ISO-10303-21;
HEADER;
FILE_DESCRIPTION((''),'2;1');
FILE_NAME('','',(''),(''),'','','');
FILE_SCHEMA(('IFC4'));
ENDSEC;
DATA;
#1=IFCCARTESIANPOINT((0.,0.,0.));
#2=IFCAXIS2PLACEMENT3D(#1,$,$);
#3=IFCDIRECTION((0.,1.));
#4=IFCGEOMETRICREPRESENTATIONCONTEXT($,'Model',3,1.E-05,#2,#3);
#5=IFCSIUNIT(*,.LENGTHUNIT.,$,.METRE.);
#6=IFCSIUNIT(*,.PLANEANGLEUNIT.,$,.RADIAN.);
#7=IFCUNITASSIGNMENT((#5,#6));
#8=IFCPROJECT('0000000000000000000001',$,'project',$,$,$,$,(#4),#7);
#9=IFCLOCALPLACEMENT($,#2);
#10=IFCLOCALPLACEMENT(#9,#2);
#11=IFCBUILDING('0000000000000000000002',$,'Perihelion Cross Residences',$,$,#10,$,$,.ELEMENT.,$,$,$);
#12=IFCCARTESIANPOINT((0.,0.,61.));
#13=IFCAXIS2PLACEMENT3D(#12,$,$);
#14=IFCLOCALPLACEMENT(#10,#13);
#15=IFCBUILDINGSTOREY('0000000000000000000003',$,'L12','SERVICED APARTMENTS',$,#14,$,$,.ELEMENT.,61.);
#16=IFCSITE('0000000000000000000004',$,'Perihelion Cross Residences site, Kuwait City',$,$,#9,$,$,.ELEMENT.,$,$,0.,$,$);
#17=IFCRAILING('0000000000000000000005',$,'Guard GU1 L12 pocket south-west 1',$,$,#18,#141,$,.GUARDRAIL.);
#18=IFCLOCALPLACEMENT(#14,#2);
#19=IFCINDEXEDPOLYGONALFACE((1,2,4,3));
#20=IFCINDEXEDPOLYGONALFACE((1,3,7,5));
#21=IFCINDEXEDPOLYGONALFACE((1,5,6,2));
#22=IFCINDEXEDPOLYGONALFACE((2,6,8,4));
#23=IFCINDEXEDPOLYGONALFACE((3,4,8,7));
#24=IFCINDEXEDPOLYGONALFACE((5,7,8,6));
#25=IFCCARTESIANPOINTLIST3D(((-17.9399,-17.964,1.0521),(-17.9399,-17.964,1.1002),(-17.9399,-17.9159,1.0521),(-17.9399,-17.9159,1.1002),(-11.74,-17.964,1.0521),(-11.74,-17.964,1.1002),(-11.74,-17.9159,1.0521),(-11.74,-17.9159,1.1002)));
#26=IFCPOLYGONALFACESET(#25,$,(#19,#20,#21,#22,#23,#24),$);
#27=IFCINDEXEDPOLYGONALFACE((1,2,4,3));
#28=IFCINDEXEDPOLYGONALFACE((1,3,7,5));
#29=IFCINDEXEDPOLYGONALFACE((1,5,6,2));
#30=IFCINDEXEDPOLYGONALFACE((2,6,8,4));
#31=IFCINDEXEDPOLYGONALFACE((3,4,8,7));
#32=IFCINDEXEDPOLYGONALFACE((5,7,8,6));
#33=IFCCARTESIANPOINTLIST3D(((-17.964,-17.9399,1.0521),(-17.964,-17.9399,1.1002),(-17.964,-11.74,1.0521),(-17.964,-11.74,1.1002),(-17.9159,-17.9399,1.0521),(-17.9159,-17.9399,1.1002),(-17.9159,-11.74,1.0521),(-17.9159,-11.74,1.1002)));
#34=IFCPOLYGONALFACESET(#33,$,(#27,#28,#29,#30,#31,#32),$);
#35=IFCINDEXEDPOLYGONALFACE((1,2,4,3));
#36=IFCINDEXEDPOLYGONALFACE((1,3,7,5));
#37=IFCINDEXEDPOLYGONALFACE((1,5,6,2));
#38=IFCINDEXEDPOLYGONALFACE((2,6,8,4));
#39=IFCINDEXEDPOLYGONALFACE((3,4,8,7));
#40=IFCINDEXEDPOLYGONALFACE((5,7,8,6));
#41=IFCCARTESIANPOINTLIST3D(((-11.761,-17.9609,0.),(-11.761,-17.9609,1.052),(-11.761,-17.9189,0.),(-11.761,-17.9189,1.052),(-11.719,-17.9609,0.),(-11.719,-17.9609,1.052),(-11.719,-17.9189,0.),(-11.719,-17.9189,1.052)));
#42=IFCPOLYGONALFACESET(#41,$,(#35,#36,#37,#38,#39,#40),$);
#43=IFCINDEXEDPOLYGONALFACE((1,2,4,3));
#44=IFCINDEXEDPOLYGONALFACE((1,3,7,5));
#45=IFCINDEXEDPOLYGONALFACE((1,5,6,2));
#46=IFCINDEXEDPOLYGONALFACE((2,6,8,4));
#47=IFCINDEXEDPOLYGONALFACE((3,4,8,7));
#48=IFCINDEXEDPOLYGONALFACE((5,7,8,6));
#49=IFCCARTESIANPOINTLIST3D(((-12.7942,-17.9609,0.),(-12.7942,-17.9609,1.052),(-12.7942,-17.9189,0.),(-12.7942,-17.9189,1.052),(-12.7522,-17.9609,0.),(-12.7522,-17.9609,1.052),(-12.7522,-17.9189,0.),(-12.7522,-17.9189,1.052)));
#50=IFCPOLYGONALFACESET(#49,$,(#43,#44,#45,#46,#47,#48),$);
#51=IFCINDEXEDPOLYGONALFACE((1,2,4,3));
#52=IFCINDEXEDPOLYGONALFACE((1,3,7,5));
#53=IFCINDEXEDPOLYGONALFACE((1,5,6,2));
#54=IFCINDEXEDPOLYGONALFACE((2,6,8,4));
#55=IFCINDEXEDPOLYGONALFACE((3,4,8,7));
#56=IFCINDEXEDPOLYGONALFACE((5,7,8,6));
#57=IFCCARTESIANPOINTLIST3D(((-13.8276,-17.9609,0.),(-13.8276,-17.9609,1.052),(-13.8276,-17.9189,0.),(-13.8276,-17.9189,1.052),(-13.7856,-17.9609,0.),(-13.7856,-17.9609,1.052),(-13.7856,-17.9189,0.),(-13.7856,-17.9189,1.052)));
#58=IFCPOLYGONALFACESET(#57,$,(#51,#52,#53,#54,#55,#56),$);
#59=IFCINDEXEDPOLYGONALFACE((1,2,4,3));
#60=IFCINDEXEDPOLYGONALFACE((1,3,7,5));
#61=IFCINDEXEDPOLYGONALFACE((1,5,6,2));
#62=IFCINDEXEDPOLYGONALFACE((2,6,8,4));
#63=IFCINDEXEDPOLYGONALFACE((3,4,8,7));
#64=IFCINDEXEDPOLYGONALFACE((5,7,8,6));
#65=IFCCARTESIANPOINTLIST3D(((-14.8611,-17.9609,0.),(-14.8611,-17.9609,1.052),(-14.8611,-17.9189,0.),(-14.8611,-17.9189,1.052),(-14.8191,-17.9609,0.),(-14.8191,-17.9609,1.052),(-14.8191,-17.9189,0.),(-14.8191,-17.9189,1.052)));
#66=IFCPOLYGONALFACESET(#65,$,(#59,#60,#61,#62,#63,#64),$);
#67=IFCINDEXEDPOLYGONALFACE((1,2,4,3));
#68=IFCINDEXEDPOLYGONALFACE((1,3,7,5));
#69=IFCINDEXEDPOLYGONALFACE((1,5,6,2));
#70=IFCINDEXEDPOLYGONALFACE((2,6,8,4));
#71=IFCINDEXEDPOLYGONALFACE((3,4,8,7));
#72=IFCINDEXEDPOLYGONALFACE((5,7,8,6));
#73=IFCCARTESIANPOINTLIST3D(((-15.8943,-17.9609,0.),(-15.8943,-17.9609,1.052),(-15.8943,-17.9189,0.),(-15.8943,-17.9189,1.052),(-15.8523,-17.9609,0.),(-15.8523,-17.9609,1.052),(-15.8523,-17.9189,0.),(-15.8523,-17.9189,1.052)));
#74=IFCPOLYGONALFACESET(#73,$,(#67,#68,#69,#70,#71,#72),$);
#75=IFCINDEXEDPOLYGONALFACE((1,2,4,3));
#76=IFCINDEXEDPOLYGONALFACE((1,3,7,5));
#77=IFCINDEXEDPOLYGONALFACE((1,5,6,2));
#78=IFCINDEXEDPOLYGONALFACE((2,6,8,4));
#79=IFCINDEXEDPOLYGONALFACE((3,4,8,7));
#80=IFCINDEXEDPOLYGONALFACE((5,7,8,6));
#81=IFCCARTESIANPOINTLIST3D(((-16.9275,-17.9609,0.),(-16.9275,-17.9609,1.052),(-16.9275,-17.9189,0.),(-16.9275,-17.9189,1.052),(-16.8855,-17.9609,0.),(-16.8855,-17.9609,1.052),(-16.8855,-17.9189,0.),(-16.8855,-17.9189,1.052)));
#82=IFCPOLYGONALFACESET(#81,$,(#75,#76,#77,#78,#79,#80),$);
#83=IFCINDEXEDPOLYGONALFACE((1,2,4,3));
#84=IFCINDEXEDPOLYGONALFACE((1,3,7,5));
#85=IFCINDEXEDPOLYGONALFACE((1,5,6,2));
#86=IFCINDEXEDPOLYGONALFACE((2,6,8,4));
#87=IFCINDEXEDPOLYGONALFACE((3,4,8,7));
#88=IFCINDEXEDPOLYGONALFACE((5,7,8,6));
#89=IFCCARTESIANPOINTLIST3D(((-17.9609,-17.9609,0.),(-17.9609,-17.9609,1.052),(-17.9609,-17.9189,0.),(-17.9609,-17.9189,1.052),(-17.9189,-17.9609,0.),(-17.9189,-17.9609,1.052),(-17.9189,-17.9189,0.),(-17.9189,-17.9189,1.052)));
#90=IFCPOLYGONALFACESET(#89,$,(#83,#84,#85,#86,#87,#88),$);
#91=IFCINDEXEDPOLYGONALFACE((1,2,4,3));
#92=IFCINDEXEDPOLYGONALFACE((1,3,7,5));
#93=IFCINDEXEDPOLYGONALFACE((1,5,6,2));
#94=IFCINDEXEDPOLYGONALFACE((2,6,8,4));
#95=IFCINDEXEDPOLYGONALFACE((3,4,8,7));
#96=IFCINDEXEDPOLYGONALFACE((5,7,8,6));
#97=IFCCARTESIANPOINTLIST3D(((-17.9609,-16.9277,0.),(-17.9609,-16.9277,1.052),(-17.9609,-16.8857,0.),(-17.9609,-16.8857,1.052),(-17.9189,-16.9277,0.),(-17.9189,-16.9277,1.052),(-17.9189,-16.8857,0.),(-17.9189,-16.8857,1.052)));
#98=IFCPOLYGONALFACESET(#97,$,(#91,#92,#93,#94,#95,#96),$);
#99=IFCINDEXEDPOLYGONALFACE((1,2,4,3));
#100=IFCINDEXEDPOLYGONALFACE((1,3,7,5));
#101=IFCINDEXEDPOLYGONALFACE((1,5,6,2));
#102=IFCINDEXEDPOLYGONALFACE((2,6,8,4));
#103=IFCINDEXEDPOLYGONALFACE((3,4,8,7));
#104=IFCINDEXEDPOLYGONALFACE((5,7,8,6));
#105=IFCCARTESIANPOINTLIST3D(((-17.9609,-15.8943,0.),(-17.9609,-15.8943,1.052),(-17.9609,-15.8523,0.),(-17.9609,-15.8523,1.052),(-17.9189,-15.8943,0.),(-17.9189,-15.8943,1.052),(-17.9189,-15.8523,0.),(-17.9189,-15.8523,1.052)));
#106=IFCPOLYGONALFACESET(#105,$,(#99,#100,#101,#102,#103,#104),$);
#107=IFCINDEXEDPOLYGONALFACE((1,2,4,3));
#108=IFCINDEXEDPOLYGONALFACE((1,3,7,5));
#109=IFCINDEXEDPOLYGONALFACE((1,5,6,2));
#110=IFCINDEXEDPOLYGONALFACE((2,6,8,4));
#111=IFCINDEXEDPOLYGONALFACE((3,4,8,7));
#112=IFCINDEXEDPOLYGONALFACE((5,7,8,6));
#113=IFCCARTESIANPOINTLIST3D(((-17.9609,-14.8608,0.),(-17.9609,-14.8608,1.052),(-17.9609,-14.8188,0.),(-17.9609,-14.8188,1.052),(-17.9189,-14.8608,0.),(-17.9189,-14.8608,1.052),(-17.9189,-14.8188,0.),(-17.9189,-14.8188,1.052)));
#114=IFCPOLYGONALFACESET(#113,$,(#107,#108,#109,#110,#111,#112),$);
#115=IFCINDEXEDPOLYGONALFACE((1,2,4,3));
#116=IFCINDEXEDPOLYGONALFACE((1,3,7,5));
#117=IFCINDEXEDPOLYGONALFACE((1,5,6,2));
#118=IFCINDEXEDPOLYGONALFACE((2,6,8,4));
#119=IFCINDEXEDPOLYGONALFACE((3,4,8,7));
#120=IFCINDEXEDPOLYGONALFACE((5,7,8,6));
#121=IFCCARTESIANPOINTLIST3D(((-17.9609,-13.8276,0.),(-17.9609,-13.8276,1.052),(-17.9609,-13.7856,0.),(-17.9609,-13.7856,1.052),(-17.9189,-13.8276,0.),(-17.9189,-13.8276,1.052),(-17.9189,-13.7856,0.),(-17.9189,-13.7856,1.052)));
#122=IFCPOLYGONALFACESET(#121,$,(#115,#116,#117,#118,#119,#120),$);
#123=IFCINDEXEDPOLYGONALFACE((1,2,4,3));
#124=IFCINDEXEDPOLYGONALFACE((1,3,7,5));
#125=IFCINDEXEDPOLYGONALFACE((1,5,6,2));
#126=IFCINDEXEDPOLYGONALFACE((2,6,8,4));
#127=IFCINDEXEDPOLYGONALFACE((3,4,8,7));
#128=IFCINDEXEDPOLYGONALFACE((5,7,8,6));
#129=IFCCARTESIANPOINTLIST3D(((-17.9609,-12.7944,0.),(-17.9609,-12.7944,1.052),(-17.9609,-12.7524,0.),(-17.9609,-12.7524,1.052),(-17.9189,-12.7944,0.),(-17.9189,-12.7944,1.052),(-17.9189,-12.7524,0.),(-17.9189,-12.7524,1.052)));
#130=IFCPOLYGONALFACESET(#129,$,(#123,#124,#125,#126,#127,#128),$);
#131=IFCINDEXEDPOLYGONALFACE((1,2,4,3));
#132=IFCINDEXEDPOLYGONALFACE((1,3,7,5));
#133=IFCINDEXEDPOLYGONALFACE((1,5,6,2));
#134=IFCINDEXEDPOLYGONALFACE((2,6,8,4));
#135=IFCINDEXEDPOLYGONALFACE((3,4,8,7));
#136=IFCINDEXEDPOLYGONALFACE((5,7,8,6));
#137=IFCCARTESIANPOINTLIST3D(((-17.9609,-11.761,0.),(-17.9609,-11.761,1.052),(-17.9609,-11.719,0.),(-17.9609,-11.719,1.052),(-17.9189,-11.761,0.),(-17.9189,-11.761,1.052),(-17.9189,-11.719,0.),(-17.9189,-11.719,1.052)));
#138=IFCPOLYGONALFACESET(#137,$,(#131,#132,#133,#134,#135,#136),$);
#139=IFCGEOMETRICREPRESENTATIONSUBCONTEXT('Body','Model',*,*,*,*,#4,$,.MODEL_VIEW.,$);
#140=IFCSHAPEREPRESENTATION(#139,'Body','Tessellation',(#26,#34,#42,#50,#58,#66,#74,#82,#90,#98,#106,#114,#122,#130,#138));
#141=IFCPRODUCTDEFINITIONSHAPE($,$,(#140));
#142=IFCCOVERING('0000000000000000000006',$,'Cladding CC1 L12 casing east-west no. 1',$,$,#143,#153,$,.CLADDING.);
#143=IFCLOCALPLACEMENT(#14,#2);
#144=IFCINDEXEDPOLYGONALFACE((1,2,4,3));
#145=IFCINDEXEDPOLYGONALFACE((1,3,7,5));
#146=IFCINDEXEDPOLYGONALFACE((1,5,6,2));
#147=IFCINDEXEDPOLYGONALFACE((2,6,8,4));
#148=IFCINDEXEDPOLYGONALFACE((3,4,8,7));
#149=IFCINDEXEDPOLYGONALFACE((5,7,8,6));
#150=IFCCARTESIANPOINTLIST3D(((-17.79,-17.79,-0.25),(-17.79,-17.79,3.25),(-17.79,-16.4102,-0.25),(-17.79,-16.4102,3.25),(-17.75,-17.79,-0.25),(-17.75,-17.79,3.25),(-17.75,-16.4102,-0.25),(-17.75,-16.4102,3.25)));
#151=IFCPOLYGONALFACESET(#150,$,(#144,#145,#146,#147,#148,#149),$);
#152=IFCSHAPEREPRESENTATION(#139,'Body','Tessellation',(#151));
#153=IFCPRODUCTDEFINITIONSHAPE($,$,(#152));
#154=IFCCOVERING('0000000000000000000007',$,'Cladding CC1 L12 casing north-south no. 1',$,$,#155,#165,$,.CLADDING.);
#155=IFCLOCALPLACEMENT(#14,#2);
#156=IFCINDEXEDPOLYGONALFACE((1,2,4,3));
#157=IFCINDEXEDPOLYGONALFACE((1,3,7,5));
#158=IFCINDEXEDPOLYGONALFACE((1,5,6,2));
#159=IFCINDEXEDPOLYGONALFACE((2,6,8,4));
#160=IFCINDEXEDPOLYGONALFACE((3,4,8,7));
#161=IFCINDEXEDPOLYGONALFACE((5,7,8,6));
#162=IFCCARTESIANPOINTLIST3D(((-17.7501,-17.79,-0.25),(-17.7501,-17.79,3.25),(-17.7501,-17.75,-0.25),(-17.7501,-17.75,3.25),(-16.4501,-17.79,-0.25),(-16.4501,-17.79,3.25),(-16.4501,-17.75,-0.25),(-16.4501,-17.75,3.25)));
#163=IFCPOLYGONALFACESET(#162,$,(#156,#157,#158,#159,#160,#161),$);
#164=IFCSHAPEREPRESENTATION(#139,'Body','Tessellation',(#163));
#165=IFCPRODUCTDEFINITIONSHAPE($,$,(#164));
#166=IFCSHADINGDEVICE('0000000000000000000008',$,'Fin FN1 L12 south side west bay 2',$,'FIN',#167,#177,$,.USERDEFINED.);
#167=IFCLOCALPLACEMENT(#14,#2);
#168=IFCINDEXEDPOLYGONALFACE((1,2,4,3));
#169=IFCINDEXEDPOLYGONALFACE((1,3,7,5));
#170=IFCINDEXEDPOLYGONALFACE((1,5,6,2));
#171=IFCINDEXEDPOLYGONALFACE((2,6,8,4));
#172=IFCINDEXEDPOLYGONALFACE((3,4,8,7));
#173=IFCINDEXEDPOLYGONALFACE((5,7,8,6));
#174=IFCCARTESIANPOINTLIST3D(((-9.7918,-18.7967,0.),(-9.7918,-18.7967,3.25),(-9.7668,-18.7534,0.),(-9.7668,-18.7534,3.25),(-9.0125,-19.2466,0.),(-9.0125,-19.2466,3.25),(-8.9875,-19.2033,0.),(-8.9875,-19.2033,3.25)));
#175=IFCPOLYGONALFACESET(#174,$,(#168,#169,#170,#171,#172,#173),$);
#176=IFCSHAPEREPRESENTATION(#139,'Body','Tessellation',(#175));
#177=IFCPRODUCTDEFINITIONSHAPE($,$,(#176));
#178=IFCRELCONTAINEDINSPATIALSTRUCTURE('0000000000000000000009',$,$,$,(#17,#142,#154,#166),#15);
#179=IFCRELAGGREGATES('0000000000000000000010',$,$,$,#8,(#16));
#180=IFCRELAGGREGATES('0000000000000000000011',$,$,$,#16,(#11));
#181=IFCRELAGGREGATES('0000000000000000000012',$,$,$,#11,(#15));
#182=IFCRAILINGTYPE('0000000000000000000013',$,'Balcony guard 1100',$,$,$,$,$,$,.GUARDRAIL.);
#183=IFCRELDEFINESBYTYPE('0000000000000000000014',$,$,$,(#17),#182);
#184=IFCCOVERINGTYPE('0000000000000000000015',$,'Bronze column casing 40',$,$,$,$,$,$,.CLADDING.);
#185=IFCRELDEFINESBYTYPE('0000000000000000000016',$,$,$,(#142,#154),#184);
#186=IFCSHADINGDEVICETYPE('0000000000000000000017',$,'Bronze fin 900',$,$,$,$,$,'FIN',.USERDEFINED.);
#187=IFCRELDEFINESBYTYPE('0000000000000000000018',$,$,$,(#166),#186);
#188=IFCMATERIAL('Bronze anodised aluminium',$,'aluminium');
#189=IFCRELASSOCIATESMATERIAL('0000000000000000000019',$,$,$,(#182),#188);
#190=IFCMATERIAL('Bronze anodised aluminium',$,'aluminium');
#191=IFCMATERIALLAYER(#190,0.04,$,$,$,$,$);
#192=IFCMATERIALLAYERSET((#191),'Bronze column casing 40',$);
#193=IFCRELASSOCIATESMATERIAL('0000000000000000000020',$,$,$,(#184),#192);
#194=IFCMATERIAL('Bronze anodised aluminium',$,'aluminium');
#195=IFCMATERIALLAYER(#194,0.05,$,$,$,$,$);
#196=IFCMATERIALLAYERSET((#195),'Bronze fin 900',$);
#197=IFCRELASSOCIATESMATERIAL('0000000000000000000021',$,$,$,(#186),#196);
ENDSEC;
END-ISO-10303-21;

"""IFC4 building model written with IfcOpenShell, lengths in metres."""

from ifc_helpers import new_model, si_unit, direction, frame, origin, origin_2d, place, context, subcontext, project, spatial, rectangle, extrude, material, layer, layer_set, type_object, element, save


model = new_model("IFC4")

# Units and contexts
model_context = context("Model", 3, precision=1e-05, world=origin(), true_north=direction((0.0, 1.0)))
body_context = subcontext(model_context, "Body", "Model", "MODEL_VIEW")
ifc_project = project(units=[si_unit("LENGTHUNIT", "METRE"), si_unit("PLANEANGLEUNIT", "RADIAN")], contexts=[model_context])

# Site, building, storey
site_placement = place(None, origin())
site = spatial("IfcSite", under=ifc_project, at=site_placement, Name="Perihelion Cross Residences site, Kuwait City", CompositionType="ELEMENT", RefElevation=0.0)
building_placement = place(site_placement, origin())
building = spatial("IfcBuilding", under=site, at=building_placement, Name="Perihelion Cross Residences", CompositionType="ELEMENT")
storey_placement = place(building_placement, frame((0.0, 0.0, 61.0)))
storey = spatial("IfcBuildingStorey", under=building, at=storey_placement, Name="L12", Description="SERVICED APARTMENTS", CompositionType="ELEMENT", Elevation=61.0)

# Railing
ifc_material_1 = material(Name="Bronze anodised aluminium", Category="aluminium")
railing_type = type_object("IfcRailingType", Name="Balcony guard 1100", PredefinedType="GUARDRAIL", material=ifc_material_1)
railing_1_placement = place(storey_placement, frame((-11.74, -17.9399, 0.0)))
element("IfcRailing", 1, at=railing_1_placement, inside=storey, type_object=railing_type, Name="Guard GU1 L12 pocket south-west 1", PredefinedType="GUARDRAIL", context=body_context, shape_type="SweptSolid", body=[
    extrude(rectangle(XDim=0.0481, YDim=0.0481, at=origin_2d()), frame((0.0, 0.0, 1.0762), z_axis=(-1.0, 0.0, 0.0), x_axis=(0.0, -1.0, 0.0)), (0.0, 0.0, 1.0), 6.2),
    extrude(rectangle(XDim=0.0481, YDim=0.0481, at=origin_2d()), frame((-6.2, 0.0, 1.0762), z_axis=(0.0, 1.0, 0.0), x_axis=(-1.0, 0.0, 0.0)), (0.0, 0.0, 1.0), 6.2),
    extrude(rectangle(XDim=0.042, YDim=0.042, at=origin_2d()), origin(), (0.0, 0.0, 1.0), 1.052),
    extrude(rectangle(XDim=0.042, YDim=0.042, at=origin_2d()), frame((-1.0332, 0.0, 0.0)), (0.0, 0.0, 1.0), 1.052),
    extrude(rectangle(XDim=0.042, YDim=0.042, at=origin_2d()), frame((-2.0667, 0.0, 0.0)), (0.0, 0.0, 1.0), 1.052),
    extrude(rectangle(XDim=0.042, YDim=0.042, at=origin_2d()), frame((-3.1001, 0.0, 0.0)), (0.0, 0.0, 1.0), 1.052),
    extrude(rectangle(XDim=0.042, YDim=0.042, at=origin_2d()), frame((-4.1333, 0.0, 0.0)), (0.0, 0.0, 1.0), 1.052),
    extrude(rectangle(XDim=0.042, YDim=0.042, at=origin_2d()), frame((-5.1665, 0.0, 0.0)), (0.0, 0.0, 1.0), 1.052),
    extrude(rectangle(XDim=0.042, YDim=0.042, at=origin_2d()), frame((-6.2, 0.0, 0.0)), (0.0, 0.0, 1.0), 1.052),
    extrude(rectangle(XDim=0.042, YDim=0.042, at=origin_2d()), frame((-6.2, 1.0332, 0.0)), (0.0, 0.0, 1.0), 1.052),
    extrude(rectangle(XDim=0.042, YDim=0.042, at=origin_2d()), frame((-6.2, 2.0667, 0.0)), (0.0, 0.0, 1.0), 1.052),
    extrude(rectangle(XDim=0.042, YDim=0.042, at=origin_2d()), frame((-6.2, 3.1001, 0.0)), (0.0, 0.0, 1.0), 1.052),
    extrude(rectangle(XDim=0.042, YDim=0.042, at=origin_2d()), frame((-6.2, 4.1333, 0.0)), (0.0, 0.0, 1.0), 1.052),
    extrude(rectangle(XDim=0.042, YDim=0.042, at=origin_2d()), frame((-6.2, 5.1665, 0.0)), (0.0, 0.0, 1.0), 1.052),
    extrude(rectangle(XDim=0.042, YDim=0.042, at=origin_2d()), frame((-6.2, 6.2, 0.0)), (0.0, 0.0, 1.0), 1.052),
])

# Coverings
ifc_material_2 = material(Name="Bronze anodised aluminium", Category="aluminium")
ifc_layer_1 = layer(ifc_material_2, 0.04)
ifc_layer_set_1 = layer_set([ifc_layer_1], Name="Bronze column casing 40")
covering_type = type_object("IfcCoveringType", Name="Bronze column casing 40", PredefinedType="CLADDING", material=ifc_layer_set_1)
covering_1_placement = place(storey_placement, frame((-17.77, -17.1001, -0.25), z_axis=(0.0, 0.0, 1.0), x_axis=(1.0, 0.0, 0.0)))
element("IfcCovering", 2, at=covering_1_placement, inside=storey, type_object=covering_type, Name="Cladding CC1 L12 casing east-west no. 1", PredefinedType="CLADDING", context=body_context, shape_type="SweptSolid", body=[
    extrude(rectangle(XDim=0.04, YDim=1.3799, at=origin_2d()), origin(), (0.0, 0.0, 1.0), 3.5),
])
covering_2_placement = place(storey_placement, frame((-17.1001, -17.77, -0.25), z_axis=(0.0, 0.0, 1.0), x_axis=(1.0, 0.0, 0.0)))
element("IfcCovering", 3, at=covering_2_placement, inside=storey, type_object=covering_type, Name="Cladding CC1 L12 casing north-south no. 1", PredefinedType="CLADDING", context=body_context, shape_type="SweptSolid", body=[
    extrude(rectangle(XDim=1.3, YDim=0.04, at=origin_2d()), origin(), (0.0, 0.0, 1.0), 3.5),
])

# Shading device
ifc_material_3 = material(Name="Bronze anodised aluminium", Category="aluminium")
ifc_layer_2 = layer(ifc_material_3, 0.05)
ifc_layer_set_2 = layer_set([ifc_layer_2], Name="Bronze fin 900")
shading_device_type = type_object("IfcShadingDeviceType", Name="Bronze fin 900", ElementType="FIN", PredefinedType="USERDEFINED", material=ifc_layer_set_2)
shading_device_placement = place(storey_placement, frame((-9.3896, -19.0, 0.0), z_axis=(0.0, 0.0, 1.0), x_axis=(-0.866025, 0.5, 0.0)))
element("IfcShadingDevice", 4, at=shading_device_placement, inside=storey, type_object=shading_device_type, Name="Fin FN1 L12 south side west bay 2", ObjectType="FIN", PredefinedType="USERDEFINED", context=body_context, shape_type="SweptSolid", body=[
    extrude(rectangle(XDim=0.8999, YDim=0.05, at=origin_2d()), origin(), (0.0, 0.0, 1.0), 3.25),
])

save(model, "model.ifc")
